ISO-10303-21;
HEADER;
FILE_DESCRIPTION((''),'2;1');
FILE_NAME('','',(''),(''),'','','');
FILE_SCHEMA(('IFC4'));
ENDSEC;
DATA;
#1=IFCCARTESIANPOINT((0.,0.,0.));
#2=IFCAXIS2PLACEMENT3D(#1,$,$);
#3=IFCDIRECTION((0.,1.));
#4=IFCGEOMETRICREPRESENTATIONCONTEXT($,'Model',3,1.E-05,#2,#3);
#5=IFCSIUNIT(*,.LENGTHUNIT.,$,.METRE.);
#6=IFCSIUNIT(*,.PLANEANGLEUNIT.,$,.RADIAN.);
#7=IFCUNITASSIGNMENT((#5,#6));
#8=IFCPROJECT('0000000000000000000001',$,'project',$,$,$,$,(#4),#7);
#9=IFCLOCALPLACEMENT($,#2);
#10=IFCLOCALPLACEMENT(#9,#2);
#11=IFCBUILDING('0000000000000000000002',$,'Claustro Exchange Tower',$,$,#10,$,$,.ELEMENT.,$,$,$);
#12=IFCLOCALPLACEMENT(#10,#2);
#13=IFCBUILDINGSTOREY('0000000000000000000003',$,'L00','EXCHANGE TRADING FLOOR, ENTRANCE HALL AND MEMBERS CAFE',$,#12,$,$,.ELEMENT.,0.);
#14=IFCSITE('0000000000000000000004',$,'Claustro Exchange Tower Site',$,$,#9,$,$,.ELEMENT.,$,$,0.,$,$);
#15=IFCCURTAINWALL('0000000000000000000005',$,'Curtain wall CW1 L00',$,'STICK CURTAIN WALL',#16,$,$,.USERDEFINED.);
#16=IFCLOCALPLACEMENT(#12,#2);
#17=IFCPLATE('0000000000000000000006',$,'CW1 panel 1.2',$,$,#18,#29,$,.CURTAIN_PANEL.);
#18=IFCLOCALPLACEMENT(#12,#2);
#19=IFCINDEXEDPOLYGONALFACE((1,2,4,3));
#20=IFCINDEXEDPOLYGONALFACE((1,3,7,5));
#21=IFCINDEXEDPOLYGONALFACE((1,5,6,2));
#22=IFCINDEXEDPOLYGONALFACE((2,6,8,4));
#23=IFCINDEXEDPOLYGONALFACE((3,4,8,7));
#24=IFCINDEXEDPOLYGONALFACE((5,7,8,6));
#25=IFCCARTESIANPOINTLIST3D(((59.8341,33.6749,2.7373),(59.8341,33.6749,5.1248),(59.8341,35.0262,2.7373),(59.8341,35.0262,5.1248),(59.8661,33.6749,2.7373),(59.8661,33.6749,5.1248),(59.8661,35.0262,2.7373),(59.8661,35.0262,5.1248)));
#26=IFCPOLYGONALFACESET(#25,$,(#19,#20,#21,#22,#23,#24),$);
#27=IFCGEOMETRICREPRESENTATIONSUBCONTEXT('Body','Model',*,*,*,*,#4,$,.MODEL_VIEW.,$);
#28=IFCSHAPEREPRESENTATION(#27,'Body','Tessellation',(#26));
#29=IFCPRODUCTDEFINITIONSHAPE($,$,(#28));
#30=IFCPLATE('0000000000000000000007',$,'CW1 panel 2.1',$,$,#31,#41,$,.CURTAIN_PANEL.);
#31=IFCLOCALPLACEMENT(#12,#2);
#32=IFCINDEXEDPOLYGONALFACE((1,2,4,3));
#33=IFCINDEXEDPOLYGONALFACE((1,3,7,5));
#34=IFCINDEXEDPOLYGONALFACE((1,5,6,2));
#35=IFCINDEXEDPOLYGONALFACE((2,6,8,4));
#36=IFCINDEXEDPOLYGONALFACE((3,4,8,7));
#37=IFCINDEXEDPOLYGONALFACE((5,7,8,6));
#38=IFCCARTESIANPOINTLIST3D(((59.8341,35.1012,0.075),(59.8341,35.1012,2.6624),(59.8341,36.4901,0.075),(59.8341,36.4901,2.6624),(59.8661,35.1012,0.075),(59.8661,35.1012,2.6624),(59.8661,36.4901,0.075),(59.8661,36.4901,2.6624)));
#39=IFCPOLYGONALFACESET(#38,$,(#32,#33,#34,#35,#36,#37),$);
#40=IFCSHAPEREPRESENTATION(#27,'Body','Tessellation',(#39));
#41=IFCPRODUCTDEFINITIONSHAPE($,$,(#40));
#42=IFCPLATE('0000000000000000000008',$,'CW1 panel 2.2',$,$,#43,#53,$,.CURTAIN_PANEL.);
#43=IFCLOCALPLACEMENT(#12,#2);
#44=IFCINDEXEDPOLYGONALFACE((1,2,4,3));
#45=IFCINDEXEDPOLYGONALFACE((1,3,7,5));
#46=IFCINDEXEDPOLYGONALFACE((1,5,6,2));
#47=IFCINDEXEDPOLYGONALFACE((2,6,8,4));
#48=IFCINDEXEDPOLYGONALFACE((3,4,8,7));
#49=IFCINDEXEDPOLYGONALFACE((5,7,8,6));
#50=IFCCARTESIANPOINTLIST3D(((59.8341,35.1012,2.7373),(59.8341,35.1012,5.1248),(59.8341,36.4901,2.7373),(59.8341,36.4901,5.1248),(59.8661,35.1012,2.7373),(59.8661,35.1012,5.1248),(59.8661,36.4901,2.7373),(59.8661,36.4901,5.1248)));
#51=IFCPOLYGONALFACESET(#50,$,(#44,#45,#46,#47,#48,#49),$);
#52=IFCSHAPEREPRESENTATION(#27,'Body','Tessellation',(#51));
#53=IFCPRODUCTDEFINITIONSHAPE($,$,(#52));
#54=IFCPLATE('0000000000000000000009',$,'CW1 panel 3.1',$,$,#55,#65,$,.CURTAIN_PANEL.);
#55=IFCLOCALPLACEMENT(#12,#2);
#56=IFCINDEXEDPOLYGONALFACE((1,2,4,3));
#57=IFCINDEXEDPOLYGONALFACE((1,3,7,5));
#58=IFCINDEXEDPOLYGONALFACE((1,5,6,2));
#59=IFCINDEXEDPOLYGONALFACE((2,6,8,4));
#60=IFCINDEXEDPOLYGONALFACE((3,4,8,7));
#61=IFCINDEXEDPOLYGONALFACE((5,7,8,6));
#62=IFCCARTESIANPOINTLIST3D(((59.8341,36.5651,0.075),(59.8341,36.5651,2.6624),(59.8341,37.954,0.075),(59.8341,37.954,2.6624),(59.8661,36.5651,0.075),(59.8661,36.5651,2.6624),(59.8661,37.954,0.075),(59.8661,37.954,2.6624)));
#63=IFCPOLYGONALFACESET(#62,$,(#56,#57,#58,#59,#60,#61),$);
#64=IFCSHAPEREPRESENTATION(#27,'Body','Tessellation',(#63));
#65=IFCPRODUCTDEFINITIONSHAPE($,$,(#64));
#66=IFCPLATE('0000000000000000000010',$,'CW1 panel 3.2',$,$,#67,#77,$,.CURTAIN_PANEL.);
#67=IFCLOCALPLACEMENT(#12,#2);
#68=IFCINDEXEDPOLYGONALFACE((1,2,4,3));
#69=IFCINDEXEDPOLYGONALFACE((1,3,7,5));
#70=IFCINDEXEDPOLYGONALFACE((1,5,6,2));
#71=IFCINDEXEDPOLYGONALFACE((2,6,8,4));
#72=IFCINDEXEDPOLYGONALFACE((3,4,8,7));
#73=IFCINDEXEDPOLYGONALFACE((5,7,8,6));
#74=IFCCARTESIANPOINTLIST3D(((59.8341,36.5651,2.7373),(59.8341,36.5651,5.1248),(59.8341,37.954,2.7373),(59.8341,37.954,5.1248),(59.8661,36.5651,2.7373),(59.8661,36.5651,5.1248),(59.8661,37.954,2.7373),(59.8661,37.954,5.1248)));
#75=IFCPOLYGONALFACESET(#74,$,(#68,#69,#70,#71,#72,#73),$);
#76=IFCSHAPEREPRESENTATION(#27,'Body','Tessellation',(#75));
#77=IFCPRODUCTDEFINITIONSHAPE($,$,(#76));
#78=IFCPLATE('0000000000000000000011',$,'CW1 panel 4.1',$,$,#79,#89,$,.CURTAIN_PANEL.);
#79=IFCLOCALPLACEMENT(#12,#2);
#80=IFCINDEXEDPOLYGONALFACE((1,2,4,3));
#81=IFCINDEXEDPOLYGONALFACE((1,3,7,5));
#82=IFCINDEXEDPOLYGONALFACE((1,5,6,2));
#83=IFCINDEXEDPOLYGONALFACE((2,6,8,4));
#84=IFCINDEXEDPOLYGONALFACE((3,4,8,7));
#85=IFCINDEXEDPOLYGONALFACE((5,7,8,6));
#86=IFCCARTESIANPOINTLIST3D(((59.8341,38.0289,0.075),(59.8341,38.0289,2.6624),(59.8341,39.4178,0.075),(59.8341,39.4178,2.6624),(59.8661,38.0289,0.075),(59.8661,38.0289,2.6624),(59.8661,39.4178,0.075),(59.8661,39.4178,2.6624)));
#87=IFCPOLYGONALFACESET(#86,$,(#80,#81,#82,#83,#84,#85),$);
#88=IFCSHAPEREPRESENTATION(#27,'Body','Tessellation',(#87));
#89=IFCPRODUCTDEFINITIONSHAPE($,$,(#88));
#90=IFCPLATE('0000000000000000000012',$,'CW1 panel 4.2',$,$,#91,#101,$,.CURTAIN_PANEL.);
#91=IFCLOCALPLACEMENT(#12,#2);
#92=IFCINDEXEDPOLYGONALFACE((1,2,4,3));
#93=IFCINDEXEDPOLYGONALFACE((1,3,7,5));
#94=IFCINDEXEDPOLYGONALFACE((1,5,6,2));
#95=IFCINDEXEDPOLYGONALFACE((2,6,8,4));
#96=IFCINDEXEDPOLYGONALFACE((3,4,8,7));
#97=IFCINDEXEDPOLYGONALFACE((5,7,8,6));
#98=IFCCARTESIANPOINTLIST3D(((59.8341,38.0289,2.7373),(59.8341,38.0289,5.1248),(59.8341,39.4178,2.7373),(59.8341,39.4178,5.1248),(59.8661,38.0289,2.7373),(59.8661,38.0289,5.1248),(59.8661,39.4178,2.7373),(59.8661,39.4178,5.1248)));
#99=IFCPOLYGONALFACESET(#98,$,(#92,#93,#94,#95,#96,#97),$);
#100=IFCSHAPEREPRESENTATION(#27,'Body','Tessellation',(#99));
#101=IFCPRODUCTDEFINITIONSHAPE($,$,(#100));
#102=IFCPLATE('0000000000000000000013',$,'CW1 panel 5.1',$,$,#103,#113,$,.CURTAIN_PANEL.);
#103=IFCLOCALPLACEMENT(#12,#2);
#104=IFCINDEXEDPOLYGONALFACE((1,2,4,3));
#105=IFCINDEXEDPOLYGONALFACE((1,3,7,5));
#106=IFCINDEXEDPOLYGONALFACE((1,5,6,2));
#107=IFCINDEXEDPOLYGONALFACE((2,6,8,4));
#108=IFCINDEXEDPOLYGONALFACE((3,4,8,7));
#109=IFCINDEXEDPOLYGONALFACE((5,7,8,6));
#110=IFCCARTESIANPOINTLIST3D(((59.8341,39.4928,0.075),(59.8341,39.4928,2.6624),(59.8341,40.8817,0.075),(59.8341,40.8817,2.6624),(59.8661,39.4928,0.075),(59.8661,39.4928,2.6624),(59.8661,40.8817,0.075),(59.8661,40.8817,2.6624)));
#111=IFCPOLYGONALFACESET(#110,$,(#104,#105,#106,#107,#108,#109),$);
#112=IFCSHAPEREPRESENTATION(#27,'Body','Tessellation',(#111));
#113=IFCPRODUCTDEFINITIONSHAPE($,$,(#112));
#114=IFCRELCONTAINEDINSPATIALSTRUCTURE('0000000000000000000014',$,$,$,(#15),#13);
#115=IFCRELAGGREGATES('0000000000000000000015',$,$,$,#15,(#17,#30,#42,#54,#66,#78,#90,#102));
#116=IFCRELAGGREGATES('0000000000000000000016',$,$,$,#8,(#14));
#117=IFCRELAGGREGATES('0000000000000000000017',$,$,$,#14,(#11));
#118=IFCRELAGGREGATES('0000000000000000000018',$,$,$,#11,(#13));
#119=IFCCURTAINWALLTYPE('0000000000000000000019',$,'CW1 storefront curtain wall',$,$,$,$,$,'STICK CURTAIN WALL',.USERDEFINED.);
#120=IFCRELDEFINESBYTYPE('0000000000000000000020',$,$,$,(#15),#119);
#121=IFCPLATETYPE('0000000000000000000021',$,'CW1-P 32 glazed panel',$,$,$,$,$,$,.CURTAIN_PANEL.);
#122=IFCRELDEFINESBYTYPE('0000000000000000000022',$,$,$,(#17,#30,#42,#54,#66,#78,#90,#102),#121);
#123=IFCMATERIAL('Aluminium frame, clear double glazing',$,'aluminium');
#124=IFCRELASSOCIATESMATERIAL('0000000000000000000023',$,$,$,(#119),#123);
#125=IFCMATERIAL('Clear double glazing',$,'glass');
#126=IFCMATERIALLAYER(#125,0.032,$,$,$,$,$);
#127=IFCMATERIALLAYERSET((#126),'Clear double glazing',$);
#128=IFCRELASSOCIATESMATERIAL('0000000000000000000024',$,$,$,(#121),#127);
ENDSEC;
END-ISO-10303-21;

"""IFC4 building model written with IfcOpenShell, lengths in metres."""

from ifc_helpers import new_model, si_unit, direction, frame, origin, origin_2d, place, context, subcontext, project, spatial, rectangle, extrude, material, layer, layer_set, type_object, element, aggregate, save


model = new_model("IFC4")

# Units and contexts
model_context = context("Model", 3, precision=1e-05, world=origin(), true_north=direction((0.0, 1.0)))
body_context = subcontext(model_context, "Body", "Model", "MODEL_VIEW")
ifc_project = project(units=[si_unit("LENGTHUNIT", "METRE"), si_unit("PLANEANGLEUNIT", "RADIAN")], contexts=[model_context])

# Site, building, storey
site_placement = place(None, origin())
site = spatial("IfcSite", under=ifc_project, at=site_placement, Name="Claustro Exchange Tower Site", CompositionType="ELEMENT", RefElevation=0.0)
building_placement = place(site_placement, origin())
building = spatial("IfcBuilding", under=site, at=building_placement, Name="Claustro Exchange Tower", CompositionType="ELEMENT")
storey_placement = place(building_placement, origin())
storey = spatial("IfcBuildingStorey", under=building, at=storey_placement, Name="L00", Description="EXCHANGE TRADING FLOOR, ENTRANCE HALL AND MEMBERS CAFE", CompositionType="ELEMENT", Elevation=0.0)

# Curtain wall, plates
ifc_material_1 = material(Name="Aluminium frame, clear double glazing", Category="aluminium")
curtain_wall_type = type_object("IfcCurtainWallType", Name="CW1 storefront curtain wall", ElementType="STICK CURTAIN WALL", PredefinedType="USERDEFINED", material=ifc_material_1)
curtain_wall_placement = place(storey_placement, origin())
curtain_wall = element("IfcCurtainWall", 1, at=curtain_wall_placement, inside=storey, type_object=curtain_wall_type, Name="Curtain wall CW1 L00", ObjectType="STICK CURTAIN WALL", PredefinedType="USERDEFINED")
ifc_material_2 = material(Name="Clear double glazing", Category="glass")
ifc_layer = layer(ifc_material_2, 0.032)
ifc_layer_set = layer_set([ifc_layer], Name="Clear double glazing")
plate_type = type_object("IfcPlateType", Name="CW1-P 32 glazed panel", PredefinedType="CURTAIN_PANEL", material=ifc_layer_set)
plate_1_placement = place(storey_placement, frame((59.8501, 34.3506, 2.7373), z_axis=(0.0, 0.0, 1.0), x_axis=(0.0, 1.0, 0.0)))
plate_1 = element("IfcPlate", 2, at=plate_1_placement, type_object=plate_type, Name="CW1 panel 1.2", PredefinedType="CURTAIN_PANEL", context=body_context, shape_type="SweptSolid", body=[
    extrude(rectangle(XDim=1.3513, YDim=0.032, at=origin_2d()), origin(), (0.0, 0.0, 1.0), 2.3875),
])
plate_2_placement = place(storey_placement, frame((59.8501, 35.7957, 0.075), z_axis=(0.0, 0.0, 1.0), x_axis=(0.0, 1.0, 0.0)))
plate_2 = element("IfcPlate", 3, at=plate_2_placement, type_object=plate_type, Name="CW1 panel 2.1", PredefinedType="CURTAIN_PANEL", context=body_context, shape_type="SweptSolid", body=[
    extrude(rectangle(XDim=1.3889, YDim=0.032, at=origin_2d()), origin(), (0.0, 0.0, 1.0), 2.5874),
])
plate_3_placement = place(storey_placement, frame((59.8501, 35.7957, 2.7373), z_axis=(0.0, 0.0, 1.0), x_axis=(0.0, 1.0, 0.0)))
plate_3 = element("IfcPlate", 4, at=plate_3_placement, type_object=plate_type, Name="CW1 panel 2.2", PredefinedType="CURTAIN_PANEL", context=body_context, shape_type="SweptSolid", body=[
    extrude(rectangle(XDim=1.3889, YDim=0.032, at=origin_2d()), origin(), (0.0, 0.0, 1.0), 2.3875),
])
plate_4_placement = place(storey_placement, frame((59.8501, 37.2595, 0.075), z_axis=(0.0, 0.0, 1.0), x_axis=(0.0, 1.0, 0.0)))
plate_4 = element("IfcPlate", 5, at=plate_4_placement, type_object=plate_type, Name="CW1 panel 3.1", PredefinedType="CURTAIN_PANEL", context=body_context, shape_type="SweptSolid", body=[
    extrude(rectangle(XDim=1.3889, YDim=0.032, at=origin_2d()), origin(), (0.0, 0.0, 1.0), 2.5874),
])
plate_5_placement = place(storey_placement, frame((59.8501, 37.2595, 2.7373), z_axis=(0.0, 0.0, 1.0), x_axis=(0.0, 1.0, 0.0)))
plate_5 = element("IfcPlate", 6, at=plate_5_placement, type_object=plate_type, Name="CW1 panel 3.2", PredefinedType="CURTAIN_PANEL", context=body_context, shape_type="SweptSolid", body=[
    extrude(rectangle(XDim=1.3889, YDim=0.032, at=origin_2d()), origin(), (0.0, 0.0, 1.0), 2.3875),
])
plate_6_placement = place(storey_placement, frame((59.8501, 38.7234, 0.075), z_axis=(0.0, 0.0, 1.0), x_axis=(0.0, 1.0, 0.0)))
plate_6 = element("IfcPlate", 7, at=plate_6_placement, type_object=plate_type, Name="CW1 panel 4.1", PredefinedType="CURTAIN_PANEL", context=body_context, shape_type="SweptSolid", body=[
    extrude(rectangle(XDim=1.3889, YDim=0.032, at=origin_2d()), origin(), (0.0, 0.0, 1.0), 2.5874),
])
plate_7_placement = place(storey_placement, frame((59.8501, 38.7234, 2.7373), z_axis=(0.0, 0.0, 1.0), x_axis=(0.0, 1.0, 0.0)))
plate_7 = element("IfcPlate", 8, at=plate_7_placement, type_object=plate_type, Name="CW1 panel 4.2", PredefinedType="CURTAIN_PANEL", context=body_context, shape_type="SweptSolid", body=[
    extrude(rectangle(XDim=1.3889, YDim=0.032, at=origin_2d()), origin(), (0.0, 0.0, 1.0), 2.3875),
])
plate_8_placement = place(storey_placement, frame((59.8501, 40.1873, 0.075), z_axis=(0.0, 0.0, 1.0), x_axis=(0.0, 1.0, 0.0)))
plate_8 = element("IfcPlate", 9, at=plate_8_placement, type_object=plate_type, Name="CW1 panel 5.1", PredefinedType="CURTAIN_PANEL", context=body_context, shape_type="SweptSolid", body=[
    extrude(rectangle(XDim=1.3889, YDim=0.032, at=origin_2d()), origin(), (0.0, 0.0, 1.0), 2.5874),
])
aggregate(curtain_wall, [plate_1, plate_2, plate_3, plate_4, plate_5, plate_6, plate_7, plate_8])

save(model, "model.ifc")
